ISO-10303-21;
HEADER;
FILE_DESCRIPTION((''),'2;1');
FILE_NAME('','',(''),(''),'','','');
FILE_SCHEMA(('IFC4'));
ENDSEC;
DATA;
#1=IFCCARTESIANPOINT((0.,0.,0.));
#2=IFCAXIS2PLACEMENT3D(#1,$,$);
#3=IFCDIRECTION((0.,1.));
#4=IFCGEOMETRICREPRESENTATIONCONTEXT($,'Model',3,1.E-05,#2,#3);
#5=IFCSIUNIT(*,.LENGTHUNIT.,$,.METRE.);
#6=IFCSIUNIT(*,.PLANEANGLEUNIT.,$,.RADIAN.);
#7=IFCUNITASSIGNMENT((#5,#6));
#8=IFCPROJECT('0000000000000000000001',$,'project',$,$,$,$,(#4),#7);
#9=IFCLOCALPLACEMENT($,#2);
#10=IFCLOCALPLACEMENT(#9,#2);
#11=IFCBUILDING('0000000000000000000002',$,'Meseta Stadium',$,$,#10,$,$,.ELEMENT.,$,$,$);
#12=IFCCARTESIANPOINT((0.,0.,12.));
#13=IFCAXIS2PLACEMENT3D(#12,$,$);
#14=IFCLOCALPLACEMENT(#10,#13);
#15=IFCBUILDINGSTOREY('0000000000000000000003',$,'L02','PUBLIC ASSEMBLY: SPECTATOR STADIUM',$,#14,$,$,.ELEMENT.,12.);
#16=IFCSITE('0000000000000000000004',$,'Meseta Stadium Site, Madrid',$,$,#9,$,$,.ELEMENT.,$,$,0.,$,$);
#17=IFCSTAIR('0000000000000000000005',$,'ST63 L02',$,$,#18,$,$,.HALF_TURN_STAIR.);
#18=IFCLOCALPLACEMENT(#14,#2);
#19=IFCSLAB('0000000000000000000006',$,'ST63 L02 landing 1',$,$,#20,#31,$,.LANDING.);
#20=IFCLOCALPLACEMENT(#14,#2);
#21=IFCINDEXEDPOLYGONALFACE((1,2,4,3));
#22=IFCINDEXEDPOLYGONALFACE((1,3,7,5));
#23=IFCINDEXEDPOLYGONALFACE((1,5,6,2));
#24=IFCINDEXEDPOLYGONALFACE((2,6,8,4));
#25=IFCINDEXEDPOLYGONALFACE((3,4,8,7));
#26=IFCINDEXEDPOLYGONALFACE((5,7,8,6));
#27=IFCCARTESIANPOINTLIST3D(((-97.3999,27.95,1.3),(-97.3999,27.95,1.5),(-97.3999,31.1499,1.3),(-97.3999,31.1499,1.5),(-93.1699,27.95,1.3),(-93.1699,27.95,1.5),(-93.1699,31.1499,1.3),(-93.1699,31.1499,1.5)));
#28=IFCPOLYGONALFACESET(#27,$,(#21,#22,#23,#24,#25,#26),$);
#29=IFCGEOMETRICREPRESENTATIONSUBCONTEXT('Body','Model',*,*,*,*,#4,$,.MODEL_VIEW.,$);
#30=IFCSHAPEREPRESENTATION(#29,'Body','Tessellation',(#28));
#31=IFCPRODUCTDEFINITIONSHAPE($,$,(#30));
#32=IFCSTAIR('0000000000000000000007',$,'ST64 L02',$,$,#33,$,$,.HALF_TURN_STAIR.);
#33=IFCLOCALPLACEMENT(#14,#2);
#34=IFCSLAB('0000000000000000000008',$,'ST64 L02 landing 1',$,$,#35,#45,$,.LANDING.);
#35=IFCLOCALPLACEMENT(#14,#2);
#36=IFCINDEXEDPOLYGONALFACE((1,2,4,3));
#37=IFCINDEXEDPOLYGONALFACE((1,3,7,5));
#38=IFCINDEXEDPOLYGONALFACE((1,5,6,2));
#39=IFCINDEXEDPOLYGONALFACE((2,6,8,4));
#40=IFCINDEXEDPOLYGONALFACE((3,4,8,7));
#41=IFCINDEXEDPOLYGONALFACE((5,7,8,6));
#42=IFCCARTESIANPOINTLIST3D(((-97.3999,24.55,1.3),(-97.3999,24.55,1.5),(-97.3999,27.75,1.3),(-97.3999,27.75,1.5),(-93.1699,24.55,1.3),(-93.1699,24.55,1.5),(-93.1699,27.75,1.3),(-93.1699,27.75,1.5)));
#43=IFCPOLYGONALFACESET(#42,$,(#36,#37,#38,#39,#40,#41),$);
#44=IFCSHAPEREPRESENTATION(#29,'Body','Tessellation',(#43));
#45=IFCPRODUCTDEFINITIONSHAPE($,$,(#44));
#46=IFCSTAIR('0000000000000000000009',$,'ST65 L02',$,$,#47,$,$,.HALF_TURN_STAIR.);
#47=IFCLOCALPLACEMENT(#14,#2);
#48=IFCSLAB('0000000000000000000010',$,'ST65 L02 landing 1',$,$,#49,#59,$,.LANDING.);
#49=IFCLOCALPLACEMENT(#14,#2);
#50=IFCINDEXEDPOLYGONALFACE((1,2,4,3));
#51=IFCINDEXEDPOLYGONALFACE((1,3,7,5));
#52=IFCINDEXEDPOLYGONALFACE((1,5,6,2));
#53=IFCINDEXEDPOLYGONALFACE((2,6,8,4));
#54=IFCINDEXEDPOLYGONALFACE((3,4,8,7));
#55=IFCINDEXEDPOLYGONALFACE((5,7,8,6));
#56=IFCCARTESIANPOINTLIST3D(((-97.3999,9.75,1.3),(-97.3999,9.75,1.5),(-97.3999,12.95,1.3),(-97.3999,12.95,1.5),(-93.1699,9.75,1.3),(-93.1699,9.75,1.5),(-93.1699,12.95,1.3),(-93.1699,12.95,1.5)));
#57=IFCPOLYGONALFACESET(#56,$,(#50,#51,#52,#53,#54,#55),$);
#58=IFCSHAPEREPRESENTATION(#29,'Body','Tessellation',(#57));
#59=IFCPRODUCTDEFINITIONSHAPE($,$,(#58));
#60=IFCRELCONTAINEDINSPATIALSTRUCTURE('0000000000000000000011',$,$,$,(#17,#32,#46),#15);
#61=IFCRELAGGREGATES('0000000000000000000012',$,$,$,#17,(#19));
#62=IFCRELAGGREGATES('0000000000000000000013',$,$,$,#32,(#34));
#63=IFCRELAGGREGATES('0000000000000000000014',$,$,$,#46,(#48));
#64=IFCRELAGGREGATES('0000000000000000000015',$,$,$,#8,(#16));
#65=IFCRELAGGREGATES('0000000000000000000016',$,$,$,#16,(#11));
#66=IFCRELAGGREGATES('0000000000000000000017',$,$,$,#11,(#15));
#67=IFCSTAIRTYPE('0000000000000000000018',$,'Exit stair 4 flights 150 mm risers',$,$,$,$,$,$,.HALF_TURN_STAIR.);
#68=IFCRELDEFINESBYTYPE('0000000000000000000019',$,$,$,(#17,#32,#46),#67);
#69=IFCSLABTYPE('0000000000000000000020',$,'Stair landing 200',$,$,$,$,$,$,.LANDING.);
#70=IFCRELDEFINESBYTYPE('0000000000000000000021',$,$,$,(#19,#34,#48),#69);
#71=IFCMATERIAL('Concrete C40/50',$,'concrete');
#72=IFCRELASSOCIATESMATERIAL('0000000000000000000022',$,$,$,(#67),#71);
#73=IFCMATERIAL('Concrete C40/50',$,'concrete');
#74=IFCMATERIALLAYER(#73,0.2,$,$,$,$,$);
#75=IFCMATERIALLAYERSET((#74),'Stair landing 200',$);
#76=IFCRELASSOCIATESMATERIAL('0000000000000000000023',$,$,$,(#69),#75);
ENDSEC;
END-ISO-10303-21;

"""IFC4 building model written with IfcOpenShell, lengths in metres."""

from ifc_helpers import new_model, si_unit, direction, frame, origin, place, context, subcontext, project, spatial, polyline, outline, extrude, material, layer, layer_set, type_object, element, aggregate, save


model = new_model("IFC4")

# Units and contexts
model_context = context("Model", 3, precision=1e-05, world=origin(), true_north=direction((0.0, 1.0)))
body_context = subcontext(model_context, "Body", "Model", "MODEL_VIEW")
ifc_project = project(units=[si_unit("LENGTHUNIT", "METRE"), si_unit("PLANEANGLEUNIT", "RADIAN")], contexts=[model_context])

# Site, building, storey
site_placement = place(None, origin())
site = spatial("IfcSite", under=ifc_project, at=site_placement, Name="Meseta Stadium Site, Madrid", CompositionType="ELEMENT", RefElevation=0.0)
building_placement = place(site_placement, origin())
building = spatial("IfcBuilding", under=site, at=building_placement, Name="Meseta Stadium", CompositionType="ELEMENT")
storey_placement = place(building_placement, frame((0.0, 0.0, 12.0)))
storey = spatial("IfcBuildingStorey", under=building, at=storey_placement, Name="L02", Description="PUBLIC ASSEMBLY: SPECTATOR STADIUM", CompositionType="ELEMENT", Elevation=12.0)

# Stairs, slabs
ifc_material_1 = material(Name="Concrete C40/50", Category="concrete")
stair_type = type_object("IfcStairType", Name="Exit stair 4 flights 150 mm risers", PredefinedType="HALF_TURN_STAIR", material=ifc_material_1)
ifc_material_2 = material(Name="Concrete C40/50", Category="concrete")
ifc_layer = layer(ifc_material_2, 0.2)
ifc_layer_set = layer_set([ifc_layer], Name="Stair landing 200")
slab_type = type_object("IfcSlabType", Name="Stair landing 200", PredefinedType="LANDING", material=ifc_layer_set)
stair_1_placement = place(storey_placement, origin())
stair_1 = element("IfcStair", 1, at=stair_1_placement, inside=storey, type_object=stair_type, Name="ST63 L02", PredefinedType="HALF_TURN_STAIR")
slab_1_placement = place(storey_placement, frame((0.0, 0.0, 1.3)))
slab_1 = element("IfcSlab", 2, at=slab_1_placement, type_object=slab_type, Name="ST63 L02 landing 1", PredefinedType="LANDING", context=body_context, shape_type="SweptSolid", body=[
    extrude(outline(polyline([(-93.1699, 31.1499), (-97.3999, 31.1499), (-97.3999, 27.95), (-93.1699, 27.95), (-93.1699, 31.1499)])), origin(), (0.0, 0.0, 1.0), 0.2),
])
aggregate(stair_1, [slab_1])
stair_2_placement = place(storey_placement, origin())
stair_2 = element("IfcStair", 3, at=stair_2_placement, inside=storey, type_object=stair_type, Name="ST64 L02", PredefinedType="HALF_TURN_STAIR")
slab_2_placement = place(storey_placement, frame((0.0, 0.0, 1.3)))
slab_2 = element("IfcSlab", 4, at=slab_2_placement, type_object=slab_type, Name="ST64 L02 landing 1", PredefinedType="LANDING", context=body_context, shape_type="SweptSolid", body=[
    extrude(outline(polyline([(-93.1699, 27.75), (-97.3999, 27.75), (-97.3999, 24.55), (-93.1699, 24.55), (-93.1699, 27.75)])), origin(), (0.0, 0.0, 1.0), 0.2),
])
aggregate(stair_2, [slab_2])
stair_3_placement = place(storey_placement, origin())
stair_3 = element("IfcStair", 5, at=stair_3_placement, inside=storey, type_object=stair_type, Name="ST65 L02", PredefinedType="HALF_TURN_STAIR")
slab_3_placement = place(storey_placement, frame((0.0, 0.0, 1.3)))
slab_3 = element("IfcSlab", 6, at=slab_3_placement, type_object=slab_type, Name="ST65 L02 landing 1", PredefinedType="LANDING", context=body_context, shape_type="SweptSolid", body=[
    extrude(outline(polyline([(-93.1699, 12.95), (-97.3999, 12.95), (-97.3999, 9.75), (-93.1699, 9.75), (-93.1699, 12.95)])), origin(), (0.0, 0.0, 1.0), 0.2),
])
aggregate(stair_3, [slab_3])

save(model, "model.ifc")
